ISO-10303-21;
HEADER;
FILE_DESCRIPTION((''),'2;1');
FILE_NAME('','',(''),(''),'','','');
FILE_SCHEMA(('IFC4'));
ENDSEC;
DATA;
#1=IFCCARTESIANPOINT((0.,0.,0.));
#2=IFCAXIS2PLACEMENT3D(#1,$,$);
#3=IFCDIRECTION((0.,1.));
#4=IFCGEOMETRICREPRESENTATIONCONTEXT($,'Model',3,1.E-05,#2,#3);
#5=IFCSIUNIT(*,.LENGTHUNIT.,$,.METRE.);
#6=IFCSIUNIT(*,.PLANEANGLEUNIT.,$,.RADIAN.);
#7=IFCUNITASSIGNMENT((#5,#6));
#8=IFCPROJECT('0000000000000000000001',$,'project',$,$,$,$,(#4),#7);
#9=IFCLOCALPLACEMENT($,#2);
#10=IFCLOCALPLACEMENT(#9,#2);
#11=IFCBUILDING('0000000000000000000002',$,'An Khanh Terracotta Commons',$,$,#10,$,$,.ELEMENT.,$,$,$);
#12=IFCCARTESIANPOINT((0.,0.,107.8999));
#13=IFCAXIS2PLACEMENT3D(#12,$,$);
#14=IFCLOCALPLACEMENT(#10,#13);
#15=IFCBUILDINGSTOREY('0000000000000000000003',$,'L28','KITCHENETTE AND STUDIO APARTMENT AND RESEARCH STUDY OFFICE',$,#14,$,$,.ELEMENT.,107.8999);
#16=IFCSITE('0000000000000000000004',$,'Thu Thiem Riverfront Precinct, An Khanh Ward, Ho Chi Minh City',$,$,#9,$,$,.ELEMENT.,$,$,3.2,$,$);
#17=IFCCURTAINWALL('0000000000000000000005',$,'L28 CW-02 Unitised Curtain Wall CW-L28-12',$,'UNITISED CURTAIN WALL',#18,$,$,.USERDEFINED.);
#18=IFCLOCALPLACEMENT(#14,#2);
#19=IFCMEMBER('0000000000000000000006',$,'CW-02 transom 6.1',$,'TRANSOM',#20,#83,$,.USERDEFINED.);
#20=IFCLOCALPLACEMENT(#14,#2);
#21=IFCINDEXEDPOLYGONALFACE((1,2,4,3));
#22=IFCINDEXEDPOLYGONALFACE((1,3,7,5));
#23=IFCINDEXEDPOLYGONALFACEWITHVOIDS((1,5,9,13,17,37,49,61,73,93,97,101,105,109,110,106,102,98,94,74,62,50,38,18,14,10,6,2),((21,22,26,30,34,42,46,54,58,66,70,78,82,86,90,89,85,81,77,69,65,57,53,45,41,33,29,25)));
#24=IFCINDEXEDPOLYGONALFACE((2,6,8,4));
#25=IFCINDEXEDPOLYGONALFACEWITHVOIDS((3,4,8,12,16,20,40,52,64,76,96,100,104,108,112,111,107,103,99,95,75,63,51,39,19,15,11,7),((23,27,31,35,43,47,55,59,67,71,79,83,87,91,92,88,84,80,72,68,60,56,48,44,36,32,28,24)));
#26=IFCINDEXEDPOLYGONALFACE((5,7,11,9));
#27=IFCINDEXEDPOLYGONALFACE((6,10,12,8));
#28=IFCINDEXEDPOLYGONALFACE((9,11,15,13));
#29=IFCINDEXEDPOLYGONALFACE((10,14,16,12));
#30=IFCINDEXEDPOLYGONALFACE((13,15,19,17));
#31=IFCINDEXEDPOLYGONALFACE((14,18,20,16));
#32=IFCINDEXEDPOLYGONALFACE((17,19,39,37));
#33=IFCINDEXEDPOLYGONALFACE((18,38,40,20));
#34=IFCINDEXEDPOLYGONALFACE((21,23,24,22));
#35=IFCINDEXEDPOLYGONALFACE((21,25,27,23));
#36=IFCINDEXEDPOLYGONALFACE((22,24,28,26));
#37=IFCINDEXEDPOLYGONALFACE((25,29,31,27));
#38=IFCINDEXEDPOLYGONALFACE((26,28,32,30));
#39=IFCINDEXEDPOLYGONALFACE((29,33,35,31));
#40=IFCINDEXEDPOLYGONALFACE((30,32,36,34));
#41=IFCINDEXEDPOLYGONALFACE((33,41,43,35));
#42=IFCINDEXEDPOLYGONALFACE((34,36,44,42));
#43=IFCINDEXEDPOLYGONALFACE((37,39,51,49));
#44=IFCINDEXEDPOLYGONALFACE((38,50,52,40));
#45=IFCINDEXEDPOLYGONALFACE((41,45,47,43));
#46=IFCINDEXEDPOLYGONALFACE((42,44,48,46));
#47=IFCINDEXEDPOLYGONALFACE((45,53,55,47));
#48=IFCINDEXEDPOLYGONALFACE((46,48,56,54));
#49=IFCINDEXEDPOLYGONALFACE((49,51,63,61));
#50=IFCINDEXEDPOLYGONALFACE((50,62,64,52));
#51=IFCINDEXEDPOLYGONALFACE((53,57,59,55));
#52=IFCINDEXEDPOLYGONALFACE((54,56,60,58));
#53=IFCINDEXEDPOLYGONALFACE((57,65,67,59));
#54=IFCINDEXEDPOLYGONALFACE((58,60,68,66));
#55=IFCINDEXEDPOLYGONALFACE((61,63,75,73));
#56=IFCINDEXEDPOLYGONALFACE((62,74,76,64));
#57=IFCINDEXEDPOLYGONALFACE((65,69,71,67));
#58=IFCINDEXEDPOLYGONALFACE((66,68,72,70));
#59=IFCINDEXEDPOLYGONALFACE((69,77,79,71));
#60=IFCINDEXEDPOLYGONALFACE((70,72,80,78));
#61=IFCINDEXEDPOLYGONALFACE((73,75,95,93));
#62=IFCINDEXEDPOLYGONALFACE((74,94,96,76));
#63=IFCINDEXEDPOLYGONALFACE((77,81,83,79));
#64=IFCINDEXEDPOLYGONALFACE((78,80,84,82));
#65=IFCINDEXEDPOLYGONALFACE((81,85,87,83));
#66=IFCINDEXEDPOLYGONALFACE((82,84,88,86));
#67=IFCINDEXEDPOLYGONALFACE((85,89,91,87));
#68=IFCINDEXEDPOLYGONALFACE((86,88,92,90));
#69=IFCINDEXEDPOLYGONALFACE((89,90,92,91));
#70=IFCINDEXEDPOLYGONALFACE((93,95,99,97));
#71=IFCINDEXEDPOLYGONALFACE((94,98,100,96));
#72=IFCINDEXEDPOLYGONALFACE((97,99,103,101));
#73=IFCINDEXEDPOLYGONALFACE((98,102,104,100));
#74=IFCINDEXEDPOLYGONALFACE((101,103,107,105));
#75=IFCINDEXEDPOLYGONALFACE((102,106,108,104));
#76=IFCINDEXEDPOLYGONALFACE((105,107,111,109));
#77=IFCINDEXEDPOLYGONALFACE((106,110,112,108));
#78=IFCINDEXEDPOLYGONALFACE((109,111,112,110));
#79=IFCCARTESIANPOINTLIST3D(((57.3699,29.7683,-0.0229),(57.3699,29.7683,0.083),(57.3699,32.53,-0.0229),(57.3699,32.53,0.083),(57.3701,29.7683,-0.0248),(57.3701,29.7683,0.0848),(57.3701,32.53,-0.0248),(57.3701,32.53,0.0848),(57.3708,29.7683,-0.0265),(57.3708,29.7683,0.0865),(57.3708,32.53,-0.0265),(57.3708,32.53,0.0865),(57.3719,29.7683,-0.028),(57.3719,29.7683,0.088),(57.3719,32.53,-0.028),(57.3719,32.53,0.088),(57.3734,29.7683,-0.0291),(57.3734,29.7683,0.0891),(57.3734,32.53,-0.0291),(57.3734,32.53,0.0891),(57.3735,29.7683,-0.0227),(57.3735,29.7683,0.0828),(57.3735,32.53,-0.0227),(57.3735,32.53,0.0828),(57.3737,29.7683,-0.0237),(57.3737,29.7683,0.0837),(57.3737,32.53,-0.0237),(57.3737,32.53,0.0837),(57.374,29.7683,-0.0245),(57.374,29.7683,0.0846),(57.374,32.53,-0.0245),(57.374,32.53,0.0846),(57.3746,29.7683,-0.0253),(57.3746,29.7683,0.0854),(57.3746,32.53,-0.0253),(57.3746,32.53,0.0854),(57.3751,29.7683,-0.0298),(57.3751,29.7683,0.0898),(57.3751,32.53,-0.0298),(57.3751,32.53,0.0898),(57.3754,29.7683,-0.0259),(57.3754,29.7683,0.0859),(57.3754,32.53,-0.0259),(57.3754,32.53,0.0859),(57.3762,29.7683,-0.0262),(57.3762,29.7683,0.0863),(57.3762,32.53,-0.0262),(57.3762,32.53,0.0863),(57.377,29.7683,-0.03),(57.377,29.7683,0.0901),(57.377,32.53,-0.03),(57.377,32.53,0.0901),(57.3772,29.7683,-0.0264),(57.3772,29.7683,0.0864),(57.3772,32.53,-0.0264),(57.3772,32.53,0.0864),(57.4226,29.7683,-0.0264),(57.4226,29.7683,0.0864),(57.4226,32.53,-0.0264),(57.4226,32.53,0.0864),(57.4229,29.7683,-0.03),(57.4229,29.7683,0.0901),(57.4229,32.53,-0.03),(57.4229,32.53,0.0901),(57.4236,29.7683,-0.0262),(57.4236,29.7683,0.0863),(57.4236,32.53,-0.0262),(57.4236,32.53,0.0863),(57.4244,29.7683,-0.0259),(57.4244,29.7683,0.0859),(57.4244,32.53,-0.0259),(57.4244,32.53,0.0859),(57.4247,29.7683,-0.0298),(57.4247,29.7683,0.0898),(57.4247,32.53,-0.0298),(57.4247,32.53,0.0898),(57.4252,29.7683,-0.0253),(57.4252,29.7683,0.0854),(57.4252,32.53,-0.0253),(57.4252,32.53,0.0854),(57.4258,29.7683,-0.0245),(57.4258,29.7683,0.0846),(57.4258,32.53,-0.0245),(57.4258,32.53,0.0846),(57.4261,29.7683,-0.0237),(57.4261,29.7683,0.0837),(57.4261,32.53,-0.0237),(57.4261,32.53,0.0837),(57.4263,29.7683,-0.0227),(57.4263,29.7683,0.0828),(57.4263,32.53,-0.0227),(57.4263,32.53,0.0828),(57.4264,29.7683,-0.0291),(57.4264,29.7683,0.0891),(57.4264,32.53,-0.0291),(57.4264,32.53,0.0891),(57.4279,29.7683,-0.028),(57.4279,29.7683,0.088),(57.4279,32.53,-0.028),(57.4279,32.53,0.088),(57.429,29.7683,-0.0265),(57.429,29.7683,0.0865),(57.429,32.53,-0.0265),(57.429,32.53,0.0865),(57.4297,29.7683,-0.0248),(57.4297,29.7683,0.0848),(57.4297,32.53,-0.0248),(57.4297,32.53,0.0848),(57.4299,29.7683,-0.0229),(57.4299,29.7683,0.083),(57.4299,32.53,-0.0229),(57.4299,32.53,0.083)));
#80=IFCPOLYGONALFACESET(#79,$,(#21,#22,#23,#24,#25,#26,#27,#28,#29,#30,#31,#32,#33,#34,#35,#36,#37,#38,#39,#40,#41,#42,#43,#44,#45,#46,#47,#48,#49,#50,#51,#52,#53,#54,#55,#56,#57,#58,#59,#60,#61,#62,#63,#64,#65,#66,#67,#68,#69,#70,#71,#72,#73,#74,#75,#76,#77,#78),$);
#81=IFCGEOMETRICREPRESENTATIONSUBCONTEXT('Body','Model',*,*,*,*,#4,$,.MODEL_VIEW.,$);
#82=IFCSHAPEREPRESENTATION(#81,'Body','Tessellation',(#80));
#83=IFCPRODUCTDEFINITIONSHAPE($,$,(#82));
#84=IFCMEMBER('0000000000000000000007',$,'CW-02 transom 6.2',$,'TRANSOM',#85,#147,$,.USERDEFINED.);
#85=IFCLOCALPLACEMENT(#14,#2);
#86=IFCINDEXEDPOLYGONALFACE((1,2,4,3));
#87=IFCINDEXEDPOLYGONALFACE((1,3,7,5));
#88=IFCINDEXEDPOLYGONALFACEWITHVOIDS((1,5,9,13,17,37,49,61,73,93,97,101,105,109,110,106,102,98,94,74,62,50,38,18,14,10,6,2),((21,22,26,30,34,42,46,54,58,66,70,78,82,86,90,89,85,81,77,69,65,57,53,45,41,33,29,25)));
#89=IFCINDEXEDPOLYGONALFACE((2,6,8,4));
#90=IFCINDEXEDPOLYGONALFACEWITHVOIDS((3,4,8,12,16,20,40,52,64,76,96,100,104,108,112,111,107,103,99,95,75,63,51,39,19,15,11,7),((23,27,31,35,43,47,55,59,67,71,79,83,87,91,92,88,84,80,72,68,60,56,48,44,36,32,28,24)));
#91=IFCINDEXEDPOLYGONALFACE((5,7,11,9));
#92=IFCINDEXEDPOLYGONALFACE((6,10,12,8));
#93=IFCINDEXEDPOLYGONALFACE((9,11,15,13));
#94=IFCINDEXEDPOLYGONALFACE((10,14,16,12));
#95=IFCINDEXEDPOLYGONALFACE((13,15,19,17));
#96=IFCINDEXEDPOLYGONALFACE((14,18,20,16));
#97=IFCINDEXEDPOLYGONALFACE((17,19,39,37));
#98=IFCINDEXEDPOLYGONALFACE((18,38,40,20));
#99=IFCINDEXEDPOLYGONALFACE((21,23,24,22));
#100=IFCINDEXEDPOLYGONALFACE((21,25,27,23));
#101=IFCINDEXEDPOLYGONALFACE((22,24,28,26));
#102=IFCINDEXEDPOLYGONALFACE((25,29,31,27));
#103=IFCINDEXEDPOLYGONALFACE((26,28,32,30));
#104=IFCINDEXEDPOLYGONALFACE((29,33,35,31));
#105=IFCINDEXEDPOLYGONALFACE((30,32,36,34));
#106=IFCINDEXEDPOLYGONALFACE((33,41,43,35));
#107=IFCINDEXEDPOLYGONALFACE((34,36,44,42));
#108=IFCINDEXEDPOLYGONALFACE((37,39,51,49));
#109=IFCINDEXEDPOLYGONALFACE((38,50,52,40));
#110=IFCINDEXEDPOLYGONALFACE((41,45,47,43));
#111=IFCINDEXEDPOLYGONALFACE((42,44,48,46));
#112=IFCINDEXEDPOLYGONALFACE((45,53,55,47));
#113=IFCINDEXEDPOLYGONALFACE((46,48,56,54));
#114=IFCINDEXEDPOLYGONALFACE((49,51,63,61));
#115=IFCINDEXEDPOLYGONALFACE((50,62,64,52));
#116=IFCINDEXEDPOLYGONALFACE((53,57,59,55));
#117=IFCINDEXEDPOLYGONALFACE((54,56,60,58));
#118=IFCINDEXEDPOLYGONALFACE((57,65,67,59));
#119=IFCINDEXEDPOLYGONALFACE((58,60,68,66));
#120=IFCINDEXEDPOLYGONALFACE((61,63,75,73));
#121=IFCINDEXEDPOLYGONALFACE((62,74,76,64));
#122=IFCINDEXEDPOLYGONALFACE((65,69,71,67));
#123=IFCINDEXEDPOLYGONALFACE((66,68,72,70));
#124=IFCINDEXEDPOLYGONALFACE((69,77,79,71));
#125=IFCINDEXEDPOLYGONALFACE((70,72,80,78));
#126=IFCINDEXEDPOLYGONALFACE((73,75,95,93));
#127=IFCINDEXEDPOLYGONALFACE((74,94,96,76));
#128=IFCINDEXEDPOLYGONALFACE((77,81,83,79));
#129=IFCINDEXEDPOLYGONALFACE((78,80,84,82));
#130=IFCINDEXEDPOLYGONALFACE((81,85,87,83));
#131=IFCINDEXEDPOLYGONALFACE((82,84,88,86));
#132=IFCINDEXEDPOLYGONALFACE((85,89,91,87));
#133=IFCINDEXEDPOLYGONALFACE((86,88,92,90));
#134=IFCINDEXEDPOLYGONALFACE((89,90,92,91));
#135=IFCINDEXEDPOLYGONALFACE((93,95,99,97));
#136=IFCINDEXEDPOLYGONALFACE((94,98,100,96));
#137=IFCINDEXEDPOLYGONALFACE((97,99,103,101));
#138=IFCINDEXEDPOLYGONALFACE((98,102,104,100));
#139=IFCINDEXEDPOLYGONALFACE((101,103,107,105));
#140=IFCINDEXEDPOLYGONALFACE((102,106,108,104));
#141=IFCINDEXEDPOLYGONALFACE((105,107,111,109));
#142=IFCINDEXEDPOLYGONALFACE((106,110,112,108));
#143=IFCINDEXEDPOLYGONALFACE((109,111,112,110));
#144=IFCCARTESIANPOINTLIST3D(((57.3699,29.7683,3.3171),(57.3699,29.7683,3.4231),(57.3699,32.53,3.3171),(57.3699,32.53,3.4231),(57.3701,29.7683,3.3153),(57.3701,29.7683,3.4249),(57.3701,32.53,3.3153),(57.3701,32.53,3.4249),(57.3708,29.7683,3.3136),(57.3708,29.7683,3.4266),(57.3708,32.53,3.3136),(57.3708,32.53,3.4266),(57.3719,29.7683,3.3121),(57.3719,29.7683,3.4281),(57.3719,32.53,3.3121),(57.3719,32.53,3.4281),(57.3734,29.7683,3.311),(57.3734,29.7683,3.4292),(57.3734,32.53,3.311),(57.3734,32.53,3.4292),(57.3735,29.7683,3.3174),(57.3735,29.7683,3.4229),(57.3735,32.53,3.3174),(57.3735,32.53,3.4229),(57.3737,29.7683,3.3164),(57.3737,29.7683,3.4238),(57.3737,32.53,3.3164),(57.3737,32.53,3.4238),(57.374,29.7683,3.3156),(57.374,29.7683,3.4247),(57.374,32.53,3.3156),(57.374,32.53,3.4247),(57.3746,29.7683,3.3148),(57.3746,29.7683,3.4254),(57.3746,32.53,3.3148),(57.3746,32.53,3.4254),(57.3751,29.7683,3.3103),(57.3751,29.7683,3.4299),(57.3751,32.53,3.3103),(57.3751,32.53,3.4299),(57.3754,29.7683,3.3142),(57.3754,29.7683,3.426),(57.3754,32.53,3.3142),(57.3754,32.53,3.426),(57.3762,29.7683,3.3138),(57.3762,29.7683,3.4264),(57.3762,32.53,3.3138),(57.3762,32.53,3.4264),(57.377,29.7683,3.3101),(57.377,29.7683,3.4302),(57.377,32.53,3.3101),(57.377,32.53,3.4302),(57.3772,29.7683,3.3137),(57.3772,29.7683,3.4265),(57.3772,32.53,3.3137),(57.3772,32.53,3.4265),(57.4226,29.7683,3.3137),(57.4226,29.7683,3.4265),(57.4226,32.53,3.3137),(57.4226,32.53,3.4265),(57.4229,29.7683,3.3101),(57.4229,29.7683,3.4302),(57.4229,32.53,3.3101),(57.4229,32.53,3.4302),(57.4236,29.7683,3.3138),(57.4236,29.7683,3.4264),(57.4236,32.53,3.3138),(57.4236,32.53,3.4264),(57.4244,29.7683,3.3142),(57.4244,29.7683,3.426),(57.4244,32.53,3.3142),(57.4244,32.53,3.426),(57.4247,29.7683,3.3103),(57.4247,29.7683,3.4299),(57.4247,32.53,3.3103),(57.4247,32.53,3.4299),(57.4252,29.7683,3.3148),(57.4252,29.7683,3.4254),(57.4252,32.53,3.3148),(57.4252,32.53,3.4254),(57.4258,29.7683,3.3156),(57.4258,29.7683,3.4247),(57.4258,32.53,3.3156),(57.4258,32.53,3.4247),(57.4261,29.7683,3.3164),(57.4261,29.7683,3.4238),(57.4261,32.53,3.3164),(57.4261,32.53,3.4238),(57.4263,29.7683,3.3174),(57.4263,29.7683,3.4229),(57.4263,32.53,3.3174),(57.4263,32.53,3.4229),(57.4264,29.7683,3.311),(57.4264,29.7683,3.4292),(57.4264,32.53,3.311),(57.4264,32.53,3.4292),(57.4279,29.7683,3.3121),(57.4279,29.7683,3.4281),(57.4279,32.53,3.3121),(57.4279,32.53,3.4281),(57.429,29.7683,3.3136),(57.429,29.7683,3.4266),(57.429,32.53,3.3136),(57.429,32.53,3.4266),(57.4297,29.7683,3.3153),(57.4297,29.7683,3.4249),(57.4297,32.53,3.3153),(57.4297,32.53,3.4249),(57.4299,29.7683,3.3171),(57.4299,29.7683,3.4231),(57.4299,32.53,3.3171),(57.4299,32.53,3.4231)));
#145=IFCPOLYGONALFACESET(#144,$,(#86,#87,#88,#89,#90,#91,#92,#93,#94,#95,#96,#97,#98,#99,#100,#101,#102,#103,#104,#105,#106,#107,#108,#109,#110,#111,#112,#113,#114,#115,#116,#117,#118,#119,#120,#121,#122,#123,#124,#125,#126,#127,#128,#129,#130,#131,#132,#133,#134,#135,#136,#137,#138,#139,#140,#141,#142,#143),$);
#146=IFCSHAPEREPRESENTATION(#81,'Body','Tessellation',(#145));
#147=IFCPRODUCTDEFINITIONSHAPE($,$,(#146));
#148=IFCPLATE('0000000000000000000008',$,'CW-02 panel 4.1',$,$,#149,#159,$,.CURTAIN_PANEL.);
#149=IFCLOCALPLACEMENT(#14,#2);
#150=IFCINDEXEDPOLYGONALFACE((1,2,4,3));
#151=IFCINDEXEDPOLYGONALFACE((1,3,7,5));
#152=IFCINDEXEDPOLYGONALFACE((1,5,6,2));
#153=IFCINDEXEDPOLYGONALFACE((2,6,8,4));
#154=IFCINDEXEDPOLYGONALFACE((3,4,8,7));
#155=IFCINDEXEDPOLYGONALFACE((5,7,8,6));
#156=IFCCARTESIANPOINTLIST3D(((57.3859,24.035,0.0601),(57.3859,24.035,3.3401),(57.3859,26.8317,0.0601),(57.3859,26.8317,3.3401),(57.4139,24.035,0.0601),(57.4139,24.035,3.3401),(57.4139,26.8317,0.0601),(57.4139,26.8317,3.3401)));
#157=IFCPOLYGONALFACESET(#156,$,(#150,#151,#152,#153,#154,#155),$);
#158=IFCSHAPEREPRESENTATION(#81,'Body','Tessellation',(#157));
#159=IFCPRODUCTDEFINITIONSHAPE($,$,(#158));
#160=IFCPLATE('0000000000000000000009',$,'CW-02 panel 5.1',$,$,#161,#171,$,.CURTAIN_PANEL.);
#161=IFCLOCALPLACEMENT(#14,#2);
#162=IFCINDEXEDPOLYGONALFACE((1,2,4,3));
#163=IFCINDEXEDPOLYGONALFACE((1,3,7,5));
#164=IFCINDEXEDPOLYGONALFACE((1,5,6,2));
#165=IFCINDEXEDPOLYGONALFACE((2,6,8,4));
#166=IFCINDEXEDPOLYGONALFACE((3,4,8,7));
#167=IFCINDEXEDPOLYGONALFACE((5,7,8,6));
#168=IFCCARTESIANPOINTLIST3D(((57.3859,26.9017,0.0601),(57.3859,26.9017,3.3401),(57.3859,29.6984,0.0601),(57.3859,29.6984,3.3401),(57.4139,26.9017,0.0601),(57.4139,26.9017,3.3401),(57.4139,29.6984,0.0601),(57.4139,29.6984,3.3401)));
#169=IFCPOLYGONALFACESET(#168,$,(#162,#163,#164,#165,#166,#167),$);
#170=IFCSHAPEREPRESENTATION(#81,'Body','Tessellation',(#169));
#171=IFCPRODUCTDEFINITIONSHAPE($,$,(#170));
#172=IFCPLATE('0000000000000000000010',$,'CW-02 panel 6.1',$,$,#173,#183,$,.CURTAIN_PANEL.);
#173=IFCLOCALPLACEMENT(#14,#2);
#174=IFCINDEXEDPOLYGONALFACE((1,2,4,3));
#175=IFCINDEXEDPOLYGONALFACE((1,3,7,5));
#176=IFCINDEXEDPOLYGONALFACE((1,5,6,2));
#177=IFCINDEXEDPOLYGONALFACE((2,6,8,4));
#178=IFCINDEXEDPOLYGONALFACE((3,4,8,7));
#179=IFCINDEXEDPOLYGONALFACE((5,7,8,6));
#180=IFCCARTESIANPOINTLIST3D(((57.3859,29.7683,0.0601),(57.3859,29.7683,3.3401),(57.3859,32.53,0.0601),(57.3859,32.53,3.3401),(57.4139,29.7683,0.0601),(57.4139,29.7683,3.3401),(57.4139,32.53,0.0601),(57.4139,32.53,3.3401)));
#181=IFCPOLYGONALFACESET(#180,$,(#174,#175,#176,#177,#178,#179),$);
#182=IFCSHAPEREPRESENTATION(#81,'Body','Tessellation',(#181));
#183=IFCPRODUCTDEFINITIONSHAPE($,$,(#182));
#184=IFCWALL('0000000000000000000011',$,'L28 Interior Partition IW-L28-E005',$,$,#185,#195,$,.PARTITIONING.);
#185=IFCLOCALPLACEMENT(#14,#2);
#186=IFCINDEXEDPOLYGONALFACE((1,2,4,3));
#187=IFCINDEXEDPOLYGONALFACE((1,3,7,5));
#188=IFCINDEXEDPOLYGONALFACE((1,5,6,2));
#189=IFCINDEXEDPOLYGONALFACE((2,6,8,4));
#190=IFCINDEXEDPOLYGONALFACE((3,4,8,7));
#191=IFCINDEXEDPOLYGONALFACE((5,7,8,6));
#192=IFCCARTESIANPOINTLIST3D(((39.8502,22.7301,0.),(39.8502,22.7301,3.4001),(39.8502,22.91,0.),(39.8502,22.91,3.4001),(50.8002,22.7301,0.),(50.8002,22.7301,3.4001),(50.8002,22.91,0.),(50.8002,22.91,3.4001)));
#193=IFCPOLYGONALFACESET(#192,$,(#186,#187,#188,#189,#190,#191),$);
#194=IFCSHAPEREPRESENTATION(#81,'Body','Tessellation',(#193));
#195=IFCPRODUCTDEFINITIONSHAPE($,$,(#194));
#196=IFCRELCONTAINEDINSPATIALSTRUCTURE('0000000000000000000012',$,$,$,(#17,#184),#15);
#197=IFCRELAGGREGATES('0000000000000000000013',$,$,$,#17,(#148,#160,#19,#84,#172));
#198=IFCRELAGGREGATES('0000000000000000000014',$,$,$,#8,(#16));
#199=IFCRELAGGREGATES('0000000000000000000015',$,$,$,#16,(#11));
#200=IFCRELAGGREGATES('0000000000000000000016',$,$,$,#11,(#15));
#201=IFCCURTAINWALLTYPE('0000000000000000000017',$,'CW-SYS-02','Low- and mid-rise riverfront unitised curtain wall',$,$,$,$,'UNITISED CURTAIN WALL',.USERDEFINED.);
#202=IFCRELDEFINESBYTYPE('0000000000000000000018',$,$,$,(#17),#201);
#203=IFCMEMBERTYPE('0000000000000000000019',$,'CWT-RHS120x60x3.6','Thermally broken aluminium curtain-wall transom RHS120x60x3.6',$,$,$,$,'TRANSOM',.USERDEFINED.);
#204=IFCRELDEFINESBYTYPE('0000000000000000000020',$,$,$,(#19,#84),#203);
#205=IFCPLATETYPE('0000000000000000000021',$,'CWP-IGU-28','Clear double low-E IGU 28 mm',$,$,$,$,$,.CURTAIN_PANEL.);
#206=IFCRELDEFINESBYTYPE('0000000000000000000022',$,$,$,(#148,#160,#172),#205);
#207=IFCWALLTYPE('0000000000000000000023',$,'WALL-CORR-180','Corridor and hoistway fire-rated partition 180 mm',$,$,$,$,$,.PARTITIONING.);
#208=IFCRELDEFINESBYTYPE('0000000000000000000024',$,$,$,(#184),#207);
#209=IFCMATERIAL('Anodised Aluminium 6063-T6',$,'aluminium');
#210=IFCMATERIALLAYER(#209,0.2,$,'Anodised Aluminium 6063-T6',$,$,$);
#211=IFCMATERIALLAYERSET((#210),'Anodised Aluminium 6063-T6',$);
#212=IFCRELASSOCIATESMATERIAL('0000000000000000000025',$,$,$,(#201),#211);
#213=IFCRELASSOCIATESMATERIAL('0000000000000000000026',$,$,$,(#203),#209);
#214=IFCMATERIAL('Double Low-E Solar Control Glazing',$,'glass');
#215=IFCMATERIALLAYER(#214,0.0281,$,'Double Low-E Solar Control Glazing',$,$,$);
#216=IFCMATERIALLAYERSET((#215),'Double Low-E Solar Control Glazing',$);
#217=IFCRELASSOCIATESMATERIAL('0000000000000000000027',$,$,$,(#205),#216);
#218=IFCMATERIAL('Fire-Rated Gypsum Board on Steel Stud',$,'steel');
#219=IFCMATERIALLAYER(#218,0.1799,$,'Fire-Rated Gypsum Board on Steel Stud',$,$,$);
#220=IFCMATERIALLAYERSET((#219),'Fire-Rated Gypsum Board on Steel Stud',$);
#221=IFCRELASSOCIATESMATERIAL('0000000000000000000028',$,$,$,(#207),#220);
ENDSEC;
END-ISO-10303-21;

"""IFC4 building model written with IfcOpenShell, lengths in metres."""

from ifc_helpers import new_model, si_unit, direction, frame, frame_2d, origin, origin_2d, place, context, subcontext, project, spatial, rectangle, hollow_rectangle, extrude, material, layer, layer_set, material_profile, profile_set, type_object, element, aggregate, save


model = new_model("IFC4")

# Units and contexts
model_context = context("Model", 3, precision=1e-05, world=origin(), true_north=direction((0.0, 1.0)))
body_context = subcontext(model_context, "Body", "Model", "MODEL_VIEW")
ifc_project = project(units=[si_unit("LENGTHUNIT", "METRE"), si_unit("PLANEANGLEUNIT", "RADIAN")], contexts=[model_context])

# Site, building, storey
site_placement = place(None, origin())
site = spatial("IfcSite", under=ifc_project, at=site_placement, Name="Thu Thiem Riverfront Precinct, An Khanh Ward, Ho Chi Minh City", CompositionType="ELEMENT", RefElevation=3.2)
building_placement = place(site_placement, origin())
building = spatial("IfcBuilding", under=site, at=building_placement, Name="An Khanh Terracotta Commons", CompositionType="ELEMENT")
storey_placement = place(building_placement, frame((0.0, 0.0, 107.8999)))
storey = spatial("IfcBuildingStorey", under=building, at=storey_placement, Name="L28", Description="KITCHENETTE AND STUDIO APARTMENT AND RESEARCH STUDY OFFICE", CompositionType="ELEMENT", Elevation=107.8999)

# Curtain wall, members, plates
ifc_material_1 = material(Name="Anodised Aluminium 6063-T6", Category="aluminium")
ifc_layer_1 = layer(ifc_material_1, 0.2, Name="Anodised Aluminium 6063-T6")
ifc_layer_set_1 = layer_set([ifc_layer_1], Name="Anodised Aluminium 6063-T6")
curtain_wall_type = type_object("IfcCurtainWallType", Name="CW-SYS-02", Description="Low- and mid-rise riverfront unitised curtain wall", ElementType="UNITISED CURTAIN WALL", PredefinedType="USERDEFINED", material=ifc_layer_set_1)
curtain_wall_placement = place(storey_placement, origin())
curtain_wall = element("IfcCurtainWall", 1, at=curtain_wall_placement, inside=storey, type_object=curtain_wall_type, Name="L28 CW-02 Unitised Curtain Wall CW-L28-12", ObjectType="UNITISED CURTAIN WALL", PredefinedType="USERDEFINED")
ifc_material_profile_1 = material_profile(ifc_material_1, hollow_rectangle(XDim=0.0601, YDim=0.1201, WallThickness=0.0037, InnerFilletRadius=0.0037, OuterFilletRadius=0.0071, at=origin_2d()), Name="RHS120x60x3.6")
ifc_profile_set_1 = profile_set([ifc_material_profile_1], Name="Anodised Aluminium 6063-T6")
member_type_1 = type_object("IfcMemberType", Name="CWT-RHS120x60x3.6", Description="Thermally broken aluminium curtain-wall transom RHS120x60x3.6", ElementType="TRANSOM", PredefinedType="USERDEFINED", material=ifc_profile_set_1)
member_1_placement = place(storey_placement, frame((57.3999, 29.7683, 0.03), z_axis=(0.0, 1.0, 0.0), x_axis=(-1.0, 0.0, 0.0)))
member_1 = element("IfcMember", 2, at=member_1_placement, type_object=member_type_1, Name="CW-02 transom 6.1", ObjectType="TRANSOM", PredefinedType="USERDEFINED", context=body_context, shape_type="SweptSolid", body=[
    extrude(hollow_rectangle(XDim=0.0601, YDim=0.1201, WallThickness=0.0037, InnerFilletRadius=0.0037, OuterFilletRadius=0.0071, at=origin_2d()), origin(), (0.0, 0.0, 1.0), 2.7617),
])
member_2_placement = place(storey_placement, frame((57.3999, 29.7683, 3.3701), z_axis=(0.0, 1.0, 0.0), x_axis=(-1.0, 0.0, 0.0)))
member_2 = element("IfcMember", 3, at=member_2_placement, type_object=member_type_1, Name="CW-02 transom 6.2", ObjectType="TRANSOM", PredefinedType="USERDEFINED", context=body_context, shape_type="SweptSolid", body=[
    extrude(hollow_rectangle(XDim=0.0601, YDim=0.1201, WallThickness=0.0037, InnerFilletRadius=0.0037, OuterFilletRadius=0.0071, at=origin_2d()), origin(), (0.0, 0.0, 1.0), 2.7617),
])
ifc_material_2 = material(Name="Double Low-E Solar Control Glazing", Category="glass")
ifc_layer_2 = layer(ifc_material_2, 0.0281, Name="Double Low-E Solar Control Glazing")
ifc_layer_set_2 = layer_set([ifc_layer_2], Name="Double Low-E Solar Control Glazing")
plate_type = type_object("IfcPlateType", Name="CWP-IGU-28", Description="Clear double low-E IGU 28 mm", PredefinedType="CURTAIN_PANEL", material=ifc_layer_set_2)
plate_1_placement = place(storey_placement, frame((57.3999, 25.4333, 0.0601), z_axis=(0.0, 0.0, 1.0), x_axis=(0.0, 1.0, 0.0)))
plate_1 = element("IfcPlate", 4, at=plate_1_placement, type_object=plate_type, Name="CW-02 panel 4.1", PredefinedType="CURTAIN_PANEL", context=body_context, shape_type="SweptSolid", body=[
    extrude(rectangle(XDim=2.7966, YDim=0.0281, at=origin_2d()), origin(), (0.0, 0.0, 1.0), 3.28),
])
plate_2_placement = place(storey_placement, frame((57.3999, 28.3, 0.0601), z_axis=(0.0, 0.0, 1.0), x_axis=(0.0, 1.0, 0.0)))
plate_2 = element("IfcPlate", 5, at=plate_2_placement, type_object=plate_type, Name="CW-02 panel 5.1", PredefinedType="CURTAIN_PANEL", context=body_context, shape_type="SweptSolid", body=[
    extrude(rectangle(XDim=2.7966, YDim=0.0281, at=origin_2d()), origin(), (0.0, 0.0, 1.0), 3.28),
])
plate_3_placement = place(storey_placement, frame((57.3999, 31.1492, 0.0601), z_axis=(0.0, 0.0, 1.0), x_axis=(0.0, 1.0, 0.0)))
plate_3 = element("IfcPlate", 6, at=plate_3_placement, type_object=plate_type, Name="CW-02 panel 6.1", PredefinedType="CURTAIN_PANEL", context=body_context, shape_type="SweptSolid", body=[
    extrude(rectangle(XDim=2.7617, YDim=0.0281, at=origin_2d()), origin(), (0.0, 0.0, 1.0), 3.28),
])
aggregate(curtain_wall, [plate_1, plate_2, member_1, member_2, plate_3])

# Wall
ifc_material_3 = material(Name="Fire-Rated Gypsum Board on Steel Stud", Category="steel")
ifc_layer_3 = layer(ifc_material_3, 0.1799, Name="Fire-Rated Gypsum Board on Steel Stud")
ifc_layer_set_3 = layer_set([ifc_layer_3], Name="Fire-Rated Gypsum Board on Steel Stud")
wall_type_1 = type_object("IfcWallType", Name="WALL-CORR-180", Description="Corridor and hoistway fire-rated partition 180 mm", PredefinedType="PARTITIONING", material=ifc_layer_set_3)
wall_1_placement = place(storey_placement, frame((39.8501, 22.8201, 0.0), z_axis=(0.0, 0.0, 1.0), x_axis=(1.0, 0.0, 0.0)))
element("IfcWall", 7, at=wall_1_placement, inside=storey, type_object=wall_type_1, Name="L28 Interior Partition IW-L28-E005", PredefinedType="PARTITIONING", context=body_context, shape_type="SweptSolid", body=[
    extrude(rectangle(XDim=10.95, YDim=0.1799, at=frame_2d((5.4751, 0.0))), origin(), (0.0, 0.0, 1.0), 3.4001),
])

save(model, "model.ifc")
